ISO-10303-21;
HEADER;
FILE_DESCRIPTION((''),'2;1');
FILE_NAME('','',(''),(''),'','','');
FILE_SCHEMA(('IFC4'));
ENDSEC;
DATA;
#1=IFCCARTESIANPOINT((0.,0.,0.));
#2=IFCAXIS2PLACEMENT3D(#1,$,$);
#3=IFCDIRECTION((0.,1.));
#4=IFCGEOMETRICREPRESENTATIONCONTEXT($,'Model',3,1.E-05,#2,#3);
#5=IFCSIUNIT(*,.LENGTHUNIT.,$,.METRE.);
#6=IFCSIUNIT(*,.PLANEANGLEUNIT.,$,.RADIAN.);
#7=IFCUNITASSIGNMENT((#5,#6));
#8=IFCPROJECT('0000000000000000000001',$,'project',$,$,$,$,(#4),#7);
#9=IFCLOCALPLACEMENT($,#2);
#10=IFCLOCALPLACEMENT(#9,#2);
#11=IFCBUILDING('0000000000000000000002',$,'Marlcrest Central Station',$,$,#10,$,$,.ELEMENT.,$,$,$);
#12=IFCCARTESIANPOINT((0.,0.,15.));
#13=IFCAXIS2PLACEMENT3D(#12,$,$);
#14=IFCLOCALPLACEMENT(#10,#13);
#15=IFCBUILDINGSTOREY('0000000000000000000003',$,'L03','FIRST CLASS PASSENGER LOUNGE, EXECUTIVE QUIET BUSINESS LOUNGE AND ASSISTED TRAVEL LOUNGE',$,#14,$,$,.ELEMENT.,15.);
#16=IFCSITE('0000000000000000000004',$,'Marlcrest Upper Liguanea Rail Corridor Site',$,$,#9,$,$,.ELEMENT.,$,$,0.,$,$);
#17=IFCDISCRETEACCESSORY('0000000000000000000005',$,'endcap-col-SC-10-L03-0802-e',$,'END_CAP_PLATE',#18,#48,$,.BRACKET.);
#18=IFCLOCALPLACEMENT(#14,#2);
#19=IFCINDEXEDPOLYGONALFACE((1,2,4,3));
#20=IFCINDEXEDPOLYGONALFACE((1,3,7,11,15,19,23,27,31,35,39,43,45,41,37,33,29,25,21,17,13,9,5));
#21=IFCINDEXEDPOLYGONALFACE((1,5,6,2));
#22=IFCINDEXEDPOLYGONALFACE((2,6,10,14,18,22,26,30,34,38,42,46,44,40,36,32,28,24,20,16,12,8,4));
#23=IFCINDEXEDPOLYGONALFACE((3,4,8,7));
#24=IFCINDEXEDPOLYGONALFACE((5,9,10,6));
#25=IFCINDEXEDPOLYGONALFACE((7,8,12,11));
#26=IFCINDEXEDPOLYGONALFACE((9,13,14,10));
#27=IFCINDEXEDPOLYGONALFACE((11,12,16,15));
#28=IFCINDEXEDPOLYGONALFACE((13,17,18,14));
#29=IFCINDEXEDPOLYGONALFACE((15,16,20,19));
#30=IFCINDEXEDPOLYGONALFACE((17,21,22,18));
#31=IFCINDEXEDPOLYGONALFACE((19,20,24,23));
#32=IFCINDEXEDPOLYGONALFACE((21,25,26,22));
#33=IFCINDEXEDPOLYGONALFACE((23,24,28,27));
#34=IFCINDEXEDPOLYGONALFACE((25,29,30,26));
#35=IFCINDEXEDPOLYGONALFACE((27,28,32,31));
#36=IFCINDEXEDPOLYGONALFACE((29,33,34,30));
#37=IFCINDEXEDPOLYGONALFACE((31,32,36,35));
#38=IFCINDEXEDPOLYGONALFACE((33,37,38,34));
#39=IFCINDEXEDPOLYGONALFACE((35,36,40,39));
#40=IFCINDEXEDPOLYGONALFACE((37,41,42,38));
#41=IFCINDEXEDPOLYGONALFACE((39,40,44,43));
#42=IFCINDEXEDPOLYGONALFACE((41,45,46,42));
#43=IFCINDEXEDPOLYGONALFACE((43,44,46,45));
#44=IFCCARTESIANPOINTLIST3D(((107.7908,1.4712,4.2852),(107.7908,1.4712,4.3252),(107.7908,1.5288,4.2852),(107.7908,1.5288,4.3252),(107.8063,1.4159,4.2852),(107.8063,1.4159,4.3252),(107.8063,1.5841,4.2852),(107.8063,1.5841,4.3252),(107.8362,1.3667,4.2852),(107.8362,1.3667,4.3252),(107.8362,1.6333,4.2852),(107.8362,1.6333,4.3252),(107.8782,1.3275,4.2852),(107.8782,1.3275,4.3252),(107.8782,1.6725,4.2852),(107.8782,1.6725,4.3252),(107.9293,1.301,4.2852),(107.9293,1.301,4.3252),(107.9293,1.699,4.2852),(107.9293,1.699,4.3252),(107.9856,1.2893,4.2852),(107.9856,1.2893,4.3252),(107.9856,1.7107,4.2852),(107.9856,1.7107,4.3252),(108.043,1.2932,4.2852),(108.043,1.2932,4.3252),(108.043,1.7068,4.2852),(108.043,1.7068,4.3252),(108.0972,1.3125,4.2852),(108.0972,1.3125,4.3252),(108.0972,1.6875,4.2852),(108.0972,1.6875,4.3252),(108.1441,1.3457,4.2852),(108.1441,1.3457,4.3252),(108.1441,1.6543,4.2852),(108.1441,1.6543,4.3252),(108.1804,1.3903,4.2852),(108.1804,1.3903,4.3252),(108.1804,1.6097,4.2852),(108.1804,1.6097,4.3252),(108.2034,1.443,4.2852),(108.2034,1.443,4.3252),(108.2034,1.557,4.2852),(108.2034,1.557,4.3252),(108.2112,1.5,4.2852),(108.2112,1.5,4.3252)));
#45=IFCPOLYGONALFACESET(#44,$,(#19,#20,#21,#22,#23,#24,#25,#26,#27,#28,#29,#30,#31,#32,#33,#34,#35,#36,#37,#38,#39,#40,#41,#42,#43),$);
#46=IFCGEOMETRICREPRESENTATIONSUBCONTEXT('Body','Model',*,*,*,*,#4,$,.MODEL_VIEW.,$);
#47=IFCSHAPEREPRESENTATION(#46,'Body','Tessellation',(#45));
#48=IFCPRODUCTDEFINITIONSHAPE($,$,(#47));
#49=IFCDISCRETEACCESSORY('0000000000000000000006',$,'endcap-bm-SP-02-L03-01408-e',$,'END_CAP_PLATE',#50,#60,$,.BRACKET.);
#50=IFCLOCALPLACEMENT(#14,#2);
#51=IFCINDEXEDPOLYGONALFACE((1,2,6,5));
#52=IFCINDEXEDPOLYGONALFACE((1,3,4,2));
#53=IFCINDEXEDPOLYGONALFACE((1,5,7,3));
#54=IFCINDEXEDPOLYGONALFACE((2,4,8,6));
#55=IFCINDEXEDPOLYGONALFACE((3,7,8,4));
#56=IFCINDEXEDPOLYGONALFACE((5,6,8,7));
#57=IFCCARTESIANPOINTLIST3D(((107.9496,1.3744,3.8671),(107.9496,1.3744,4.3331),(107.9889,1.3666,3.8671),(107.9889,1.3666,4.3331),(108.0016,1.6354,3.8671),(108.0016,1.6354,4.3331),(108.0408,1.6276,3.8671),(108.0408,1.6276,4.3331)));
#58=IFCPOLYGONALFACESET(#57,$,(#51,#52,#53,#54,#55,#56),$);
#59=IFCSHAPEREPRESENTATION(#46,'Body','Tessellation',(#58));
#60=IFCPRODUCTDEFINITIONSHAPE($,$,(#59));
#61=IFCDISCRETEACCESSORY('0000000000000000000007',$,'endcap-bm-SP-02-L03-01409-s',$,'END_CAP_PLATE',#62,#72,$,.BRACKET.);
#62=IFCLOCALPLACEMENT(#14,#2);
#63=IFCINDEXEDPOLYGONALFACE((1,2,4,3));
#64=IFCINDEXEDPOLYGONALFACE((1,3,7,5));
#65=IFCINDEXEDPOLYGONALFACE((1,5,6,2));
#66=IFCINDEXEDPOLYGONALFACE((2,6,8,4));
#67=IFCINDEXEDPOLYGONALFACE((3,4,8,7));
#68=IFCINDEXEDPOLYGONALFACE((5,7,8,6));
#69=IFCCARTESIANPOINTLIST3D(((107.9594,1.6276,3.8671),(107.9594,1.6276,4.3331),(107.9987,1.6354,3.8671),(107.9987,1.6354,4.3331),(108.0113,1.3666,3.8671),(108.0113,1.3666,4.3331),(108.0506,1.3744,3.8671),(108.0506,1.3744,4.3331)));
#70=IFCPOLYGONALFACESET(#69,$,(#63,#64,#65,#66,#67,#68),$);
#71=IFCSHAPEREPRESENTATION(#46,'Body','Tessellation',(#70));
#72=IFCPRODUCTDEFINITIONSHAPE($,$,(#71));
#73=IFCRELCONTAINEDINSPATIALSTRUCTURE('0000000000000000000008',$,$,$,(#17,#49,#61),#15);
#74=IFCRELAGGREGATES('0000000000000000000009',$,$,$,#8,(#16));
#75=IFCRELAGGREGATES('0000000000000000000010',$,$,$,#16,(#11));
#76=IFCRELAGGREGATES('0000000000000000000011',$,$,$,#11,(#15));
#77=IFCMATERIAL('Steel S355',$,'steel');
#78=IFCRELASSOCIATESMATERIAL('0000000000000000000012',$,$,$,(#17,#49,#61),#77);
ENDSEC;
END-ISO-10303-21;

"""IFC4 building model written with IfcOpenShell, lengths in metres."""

from ifc_helpers import new_model, si_unit, direction, frame, origin, origin_2d, place, context, subcontext, project, spatial, rectangle, circle, extrude, material, element, save


model = new_model("IFC4")

# Units and contexts
model_context = context("Model", 3, precision=1e-05, world=origin(), true_north=direction((0.0, 1.0)))
body_context = subcontext(model_context, "Body", "Model", "MODEL_VIEW")
ifc_project = project(units=[si_unit("LENGTHUNIT", "METRE"), si_unit("PLANEANGLEUNIT", "RADIAN")], contexts=[model_context])

# Site, building, storey
site_placement = place(None, origin())
site = spatial("IfcSite", under=ifc_project, at=site_placement, Name="Marlcrest Upper Liguanea Rail Corridor Site", CompositionType="ELEMENT", RefElevation=0.0)
building_placement = place(site_placement, origin())
building = spatial("IfcBuilding", under=site, at=building_placement, Name="Marlcrest Central Station", CompositionType="ELEMENT")
storey_placement = place(building_placement, frame((0.0, 0.0, 15.0)))
storey = spatial("IfcBuildingStorey", under=building, at=storey_placement, Name="L03", Description="FIRST CLASS PASSENGER LOUNGE, EXECUTIVE QUIET BUSINESS LOUNGE AND ASSISTED TRAVEL LOUNGE", CompositionType="ELEMENT", Elevation=15.0)

# Shared definitions
ifc_material_1 = material(Name="Steel S355", Category="steel")

# Discrete accessories
for number, where, z_axis, x_axis, name in (
    (1, (108.0, 1.5, 4.2852), (0.0, 0.0, 1.0), (1.0, 0.0, 0.0), "endcap-col-SC-10-L03-0802-e"),
):
    element("IfcDiscreteAccessory", number, at=place(storey_placement, frame(where, z_axis=z_axis, x_axis=x_axis)), inside=storey, material=ifc_material_1, Name=name, ObjectType="END_CAP_PLATE", PredefinedType="BRACKET", context=body_context, shape_type="SweptSolid", body=[
        extrude(circle(Radius=0.2112, at=origin_2d()), origin(), (0.0, 0.0, 1.0), 0.04),
    ])
for number, where, z_axis, x_axis, name in (
    (2, (107.9756, 1.5049, 4.1001), (0.980769, -0.195171, 0.0), (0.195171, 0.980769, 0.0), "endcap-bm-SP-02-L03-01408-e"),
    (3, (107.9854, 1.4971, 4.1001), (0.980769, 0.195171, 0.0), (-0.195171, 0.980769, 0.0), "endcap-bm-SP-02-L03-01409-s"),
):
    element("IfcDiscreteAccessory", number, at=place(storey_placement, frame(where, z_axis=z_axis, x_axis=x_axis)), inside=storey, material=ifc_material_1, Name=name, ObjectType="END_CAP_PLATE", PredefinedType="BRACKET", context=body_context, shape_type="SweptSolid", body=[
        extrude(rectangle(XDim=0.2661, YDim=0.4661, at=origin_2d()), origin(), (0.0, 0.0, 1.0), 0.04),
    ])

save(model, "model.ifc")
